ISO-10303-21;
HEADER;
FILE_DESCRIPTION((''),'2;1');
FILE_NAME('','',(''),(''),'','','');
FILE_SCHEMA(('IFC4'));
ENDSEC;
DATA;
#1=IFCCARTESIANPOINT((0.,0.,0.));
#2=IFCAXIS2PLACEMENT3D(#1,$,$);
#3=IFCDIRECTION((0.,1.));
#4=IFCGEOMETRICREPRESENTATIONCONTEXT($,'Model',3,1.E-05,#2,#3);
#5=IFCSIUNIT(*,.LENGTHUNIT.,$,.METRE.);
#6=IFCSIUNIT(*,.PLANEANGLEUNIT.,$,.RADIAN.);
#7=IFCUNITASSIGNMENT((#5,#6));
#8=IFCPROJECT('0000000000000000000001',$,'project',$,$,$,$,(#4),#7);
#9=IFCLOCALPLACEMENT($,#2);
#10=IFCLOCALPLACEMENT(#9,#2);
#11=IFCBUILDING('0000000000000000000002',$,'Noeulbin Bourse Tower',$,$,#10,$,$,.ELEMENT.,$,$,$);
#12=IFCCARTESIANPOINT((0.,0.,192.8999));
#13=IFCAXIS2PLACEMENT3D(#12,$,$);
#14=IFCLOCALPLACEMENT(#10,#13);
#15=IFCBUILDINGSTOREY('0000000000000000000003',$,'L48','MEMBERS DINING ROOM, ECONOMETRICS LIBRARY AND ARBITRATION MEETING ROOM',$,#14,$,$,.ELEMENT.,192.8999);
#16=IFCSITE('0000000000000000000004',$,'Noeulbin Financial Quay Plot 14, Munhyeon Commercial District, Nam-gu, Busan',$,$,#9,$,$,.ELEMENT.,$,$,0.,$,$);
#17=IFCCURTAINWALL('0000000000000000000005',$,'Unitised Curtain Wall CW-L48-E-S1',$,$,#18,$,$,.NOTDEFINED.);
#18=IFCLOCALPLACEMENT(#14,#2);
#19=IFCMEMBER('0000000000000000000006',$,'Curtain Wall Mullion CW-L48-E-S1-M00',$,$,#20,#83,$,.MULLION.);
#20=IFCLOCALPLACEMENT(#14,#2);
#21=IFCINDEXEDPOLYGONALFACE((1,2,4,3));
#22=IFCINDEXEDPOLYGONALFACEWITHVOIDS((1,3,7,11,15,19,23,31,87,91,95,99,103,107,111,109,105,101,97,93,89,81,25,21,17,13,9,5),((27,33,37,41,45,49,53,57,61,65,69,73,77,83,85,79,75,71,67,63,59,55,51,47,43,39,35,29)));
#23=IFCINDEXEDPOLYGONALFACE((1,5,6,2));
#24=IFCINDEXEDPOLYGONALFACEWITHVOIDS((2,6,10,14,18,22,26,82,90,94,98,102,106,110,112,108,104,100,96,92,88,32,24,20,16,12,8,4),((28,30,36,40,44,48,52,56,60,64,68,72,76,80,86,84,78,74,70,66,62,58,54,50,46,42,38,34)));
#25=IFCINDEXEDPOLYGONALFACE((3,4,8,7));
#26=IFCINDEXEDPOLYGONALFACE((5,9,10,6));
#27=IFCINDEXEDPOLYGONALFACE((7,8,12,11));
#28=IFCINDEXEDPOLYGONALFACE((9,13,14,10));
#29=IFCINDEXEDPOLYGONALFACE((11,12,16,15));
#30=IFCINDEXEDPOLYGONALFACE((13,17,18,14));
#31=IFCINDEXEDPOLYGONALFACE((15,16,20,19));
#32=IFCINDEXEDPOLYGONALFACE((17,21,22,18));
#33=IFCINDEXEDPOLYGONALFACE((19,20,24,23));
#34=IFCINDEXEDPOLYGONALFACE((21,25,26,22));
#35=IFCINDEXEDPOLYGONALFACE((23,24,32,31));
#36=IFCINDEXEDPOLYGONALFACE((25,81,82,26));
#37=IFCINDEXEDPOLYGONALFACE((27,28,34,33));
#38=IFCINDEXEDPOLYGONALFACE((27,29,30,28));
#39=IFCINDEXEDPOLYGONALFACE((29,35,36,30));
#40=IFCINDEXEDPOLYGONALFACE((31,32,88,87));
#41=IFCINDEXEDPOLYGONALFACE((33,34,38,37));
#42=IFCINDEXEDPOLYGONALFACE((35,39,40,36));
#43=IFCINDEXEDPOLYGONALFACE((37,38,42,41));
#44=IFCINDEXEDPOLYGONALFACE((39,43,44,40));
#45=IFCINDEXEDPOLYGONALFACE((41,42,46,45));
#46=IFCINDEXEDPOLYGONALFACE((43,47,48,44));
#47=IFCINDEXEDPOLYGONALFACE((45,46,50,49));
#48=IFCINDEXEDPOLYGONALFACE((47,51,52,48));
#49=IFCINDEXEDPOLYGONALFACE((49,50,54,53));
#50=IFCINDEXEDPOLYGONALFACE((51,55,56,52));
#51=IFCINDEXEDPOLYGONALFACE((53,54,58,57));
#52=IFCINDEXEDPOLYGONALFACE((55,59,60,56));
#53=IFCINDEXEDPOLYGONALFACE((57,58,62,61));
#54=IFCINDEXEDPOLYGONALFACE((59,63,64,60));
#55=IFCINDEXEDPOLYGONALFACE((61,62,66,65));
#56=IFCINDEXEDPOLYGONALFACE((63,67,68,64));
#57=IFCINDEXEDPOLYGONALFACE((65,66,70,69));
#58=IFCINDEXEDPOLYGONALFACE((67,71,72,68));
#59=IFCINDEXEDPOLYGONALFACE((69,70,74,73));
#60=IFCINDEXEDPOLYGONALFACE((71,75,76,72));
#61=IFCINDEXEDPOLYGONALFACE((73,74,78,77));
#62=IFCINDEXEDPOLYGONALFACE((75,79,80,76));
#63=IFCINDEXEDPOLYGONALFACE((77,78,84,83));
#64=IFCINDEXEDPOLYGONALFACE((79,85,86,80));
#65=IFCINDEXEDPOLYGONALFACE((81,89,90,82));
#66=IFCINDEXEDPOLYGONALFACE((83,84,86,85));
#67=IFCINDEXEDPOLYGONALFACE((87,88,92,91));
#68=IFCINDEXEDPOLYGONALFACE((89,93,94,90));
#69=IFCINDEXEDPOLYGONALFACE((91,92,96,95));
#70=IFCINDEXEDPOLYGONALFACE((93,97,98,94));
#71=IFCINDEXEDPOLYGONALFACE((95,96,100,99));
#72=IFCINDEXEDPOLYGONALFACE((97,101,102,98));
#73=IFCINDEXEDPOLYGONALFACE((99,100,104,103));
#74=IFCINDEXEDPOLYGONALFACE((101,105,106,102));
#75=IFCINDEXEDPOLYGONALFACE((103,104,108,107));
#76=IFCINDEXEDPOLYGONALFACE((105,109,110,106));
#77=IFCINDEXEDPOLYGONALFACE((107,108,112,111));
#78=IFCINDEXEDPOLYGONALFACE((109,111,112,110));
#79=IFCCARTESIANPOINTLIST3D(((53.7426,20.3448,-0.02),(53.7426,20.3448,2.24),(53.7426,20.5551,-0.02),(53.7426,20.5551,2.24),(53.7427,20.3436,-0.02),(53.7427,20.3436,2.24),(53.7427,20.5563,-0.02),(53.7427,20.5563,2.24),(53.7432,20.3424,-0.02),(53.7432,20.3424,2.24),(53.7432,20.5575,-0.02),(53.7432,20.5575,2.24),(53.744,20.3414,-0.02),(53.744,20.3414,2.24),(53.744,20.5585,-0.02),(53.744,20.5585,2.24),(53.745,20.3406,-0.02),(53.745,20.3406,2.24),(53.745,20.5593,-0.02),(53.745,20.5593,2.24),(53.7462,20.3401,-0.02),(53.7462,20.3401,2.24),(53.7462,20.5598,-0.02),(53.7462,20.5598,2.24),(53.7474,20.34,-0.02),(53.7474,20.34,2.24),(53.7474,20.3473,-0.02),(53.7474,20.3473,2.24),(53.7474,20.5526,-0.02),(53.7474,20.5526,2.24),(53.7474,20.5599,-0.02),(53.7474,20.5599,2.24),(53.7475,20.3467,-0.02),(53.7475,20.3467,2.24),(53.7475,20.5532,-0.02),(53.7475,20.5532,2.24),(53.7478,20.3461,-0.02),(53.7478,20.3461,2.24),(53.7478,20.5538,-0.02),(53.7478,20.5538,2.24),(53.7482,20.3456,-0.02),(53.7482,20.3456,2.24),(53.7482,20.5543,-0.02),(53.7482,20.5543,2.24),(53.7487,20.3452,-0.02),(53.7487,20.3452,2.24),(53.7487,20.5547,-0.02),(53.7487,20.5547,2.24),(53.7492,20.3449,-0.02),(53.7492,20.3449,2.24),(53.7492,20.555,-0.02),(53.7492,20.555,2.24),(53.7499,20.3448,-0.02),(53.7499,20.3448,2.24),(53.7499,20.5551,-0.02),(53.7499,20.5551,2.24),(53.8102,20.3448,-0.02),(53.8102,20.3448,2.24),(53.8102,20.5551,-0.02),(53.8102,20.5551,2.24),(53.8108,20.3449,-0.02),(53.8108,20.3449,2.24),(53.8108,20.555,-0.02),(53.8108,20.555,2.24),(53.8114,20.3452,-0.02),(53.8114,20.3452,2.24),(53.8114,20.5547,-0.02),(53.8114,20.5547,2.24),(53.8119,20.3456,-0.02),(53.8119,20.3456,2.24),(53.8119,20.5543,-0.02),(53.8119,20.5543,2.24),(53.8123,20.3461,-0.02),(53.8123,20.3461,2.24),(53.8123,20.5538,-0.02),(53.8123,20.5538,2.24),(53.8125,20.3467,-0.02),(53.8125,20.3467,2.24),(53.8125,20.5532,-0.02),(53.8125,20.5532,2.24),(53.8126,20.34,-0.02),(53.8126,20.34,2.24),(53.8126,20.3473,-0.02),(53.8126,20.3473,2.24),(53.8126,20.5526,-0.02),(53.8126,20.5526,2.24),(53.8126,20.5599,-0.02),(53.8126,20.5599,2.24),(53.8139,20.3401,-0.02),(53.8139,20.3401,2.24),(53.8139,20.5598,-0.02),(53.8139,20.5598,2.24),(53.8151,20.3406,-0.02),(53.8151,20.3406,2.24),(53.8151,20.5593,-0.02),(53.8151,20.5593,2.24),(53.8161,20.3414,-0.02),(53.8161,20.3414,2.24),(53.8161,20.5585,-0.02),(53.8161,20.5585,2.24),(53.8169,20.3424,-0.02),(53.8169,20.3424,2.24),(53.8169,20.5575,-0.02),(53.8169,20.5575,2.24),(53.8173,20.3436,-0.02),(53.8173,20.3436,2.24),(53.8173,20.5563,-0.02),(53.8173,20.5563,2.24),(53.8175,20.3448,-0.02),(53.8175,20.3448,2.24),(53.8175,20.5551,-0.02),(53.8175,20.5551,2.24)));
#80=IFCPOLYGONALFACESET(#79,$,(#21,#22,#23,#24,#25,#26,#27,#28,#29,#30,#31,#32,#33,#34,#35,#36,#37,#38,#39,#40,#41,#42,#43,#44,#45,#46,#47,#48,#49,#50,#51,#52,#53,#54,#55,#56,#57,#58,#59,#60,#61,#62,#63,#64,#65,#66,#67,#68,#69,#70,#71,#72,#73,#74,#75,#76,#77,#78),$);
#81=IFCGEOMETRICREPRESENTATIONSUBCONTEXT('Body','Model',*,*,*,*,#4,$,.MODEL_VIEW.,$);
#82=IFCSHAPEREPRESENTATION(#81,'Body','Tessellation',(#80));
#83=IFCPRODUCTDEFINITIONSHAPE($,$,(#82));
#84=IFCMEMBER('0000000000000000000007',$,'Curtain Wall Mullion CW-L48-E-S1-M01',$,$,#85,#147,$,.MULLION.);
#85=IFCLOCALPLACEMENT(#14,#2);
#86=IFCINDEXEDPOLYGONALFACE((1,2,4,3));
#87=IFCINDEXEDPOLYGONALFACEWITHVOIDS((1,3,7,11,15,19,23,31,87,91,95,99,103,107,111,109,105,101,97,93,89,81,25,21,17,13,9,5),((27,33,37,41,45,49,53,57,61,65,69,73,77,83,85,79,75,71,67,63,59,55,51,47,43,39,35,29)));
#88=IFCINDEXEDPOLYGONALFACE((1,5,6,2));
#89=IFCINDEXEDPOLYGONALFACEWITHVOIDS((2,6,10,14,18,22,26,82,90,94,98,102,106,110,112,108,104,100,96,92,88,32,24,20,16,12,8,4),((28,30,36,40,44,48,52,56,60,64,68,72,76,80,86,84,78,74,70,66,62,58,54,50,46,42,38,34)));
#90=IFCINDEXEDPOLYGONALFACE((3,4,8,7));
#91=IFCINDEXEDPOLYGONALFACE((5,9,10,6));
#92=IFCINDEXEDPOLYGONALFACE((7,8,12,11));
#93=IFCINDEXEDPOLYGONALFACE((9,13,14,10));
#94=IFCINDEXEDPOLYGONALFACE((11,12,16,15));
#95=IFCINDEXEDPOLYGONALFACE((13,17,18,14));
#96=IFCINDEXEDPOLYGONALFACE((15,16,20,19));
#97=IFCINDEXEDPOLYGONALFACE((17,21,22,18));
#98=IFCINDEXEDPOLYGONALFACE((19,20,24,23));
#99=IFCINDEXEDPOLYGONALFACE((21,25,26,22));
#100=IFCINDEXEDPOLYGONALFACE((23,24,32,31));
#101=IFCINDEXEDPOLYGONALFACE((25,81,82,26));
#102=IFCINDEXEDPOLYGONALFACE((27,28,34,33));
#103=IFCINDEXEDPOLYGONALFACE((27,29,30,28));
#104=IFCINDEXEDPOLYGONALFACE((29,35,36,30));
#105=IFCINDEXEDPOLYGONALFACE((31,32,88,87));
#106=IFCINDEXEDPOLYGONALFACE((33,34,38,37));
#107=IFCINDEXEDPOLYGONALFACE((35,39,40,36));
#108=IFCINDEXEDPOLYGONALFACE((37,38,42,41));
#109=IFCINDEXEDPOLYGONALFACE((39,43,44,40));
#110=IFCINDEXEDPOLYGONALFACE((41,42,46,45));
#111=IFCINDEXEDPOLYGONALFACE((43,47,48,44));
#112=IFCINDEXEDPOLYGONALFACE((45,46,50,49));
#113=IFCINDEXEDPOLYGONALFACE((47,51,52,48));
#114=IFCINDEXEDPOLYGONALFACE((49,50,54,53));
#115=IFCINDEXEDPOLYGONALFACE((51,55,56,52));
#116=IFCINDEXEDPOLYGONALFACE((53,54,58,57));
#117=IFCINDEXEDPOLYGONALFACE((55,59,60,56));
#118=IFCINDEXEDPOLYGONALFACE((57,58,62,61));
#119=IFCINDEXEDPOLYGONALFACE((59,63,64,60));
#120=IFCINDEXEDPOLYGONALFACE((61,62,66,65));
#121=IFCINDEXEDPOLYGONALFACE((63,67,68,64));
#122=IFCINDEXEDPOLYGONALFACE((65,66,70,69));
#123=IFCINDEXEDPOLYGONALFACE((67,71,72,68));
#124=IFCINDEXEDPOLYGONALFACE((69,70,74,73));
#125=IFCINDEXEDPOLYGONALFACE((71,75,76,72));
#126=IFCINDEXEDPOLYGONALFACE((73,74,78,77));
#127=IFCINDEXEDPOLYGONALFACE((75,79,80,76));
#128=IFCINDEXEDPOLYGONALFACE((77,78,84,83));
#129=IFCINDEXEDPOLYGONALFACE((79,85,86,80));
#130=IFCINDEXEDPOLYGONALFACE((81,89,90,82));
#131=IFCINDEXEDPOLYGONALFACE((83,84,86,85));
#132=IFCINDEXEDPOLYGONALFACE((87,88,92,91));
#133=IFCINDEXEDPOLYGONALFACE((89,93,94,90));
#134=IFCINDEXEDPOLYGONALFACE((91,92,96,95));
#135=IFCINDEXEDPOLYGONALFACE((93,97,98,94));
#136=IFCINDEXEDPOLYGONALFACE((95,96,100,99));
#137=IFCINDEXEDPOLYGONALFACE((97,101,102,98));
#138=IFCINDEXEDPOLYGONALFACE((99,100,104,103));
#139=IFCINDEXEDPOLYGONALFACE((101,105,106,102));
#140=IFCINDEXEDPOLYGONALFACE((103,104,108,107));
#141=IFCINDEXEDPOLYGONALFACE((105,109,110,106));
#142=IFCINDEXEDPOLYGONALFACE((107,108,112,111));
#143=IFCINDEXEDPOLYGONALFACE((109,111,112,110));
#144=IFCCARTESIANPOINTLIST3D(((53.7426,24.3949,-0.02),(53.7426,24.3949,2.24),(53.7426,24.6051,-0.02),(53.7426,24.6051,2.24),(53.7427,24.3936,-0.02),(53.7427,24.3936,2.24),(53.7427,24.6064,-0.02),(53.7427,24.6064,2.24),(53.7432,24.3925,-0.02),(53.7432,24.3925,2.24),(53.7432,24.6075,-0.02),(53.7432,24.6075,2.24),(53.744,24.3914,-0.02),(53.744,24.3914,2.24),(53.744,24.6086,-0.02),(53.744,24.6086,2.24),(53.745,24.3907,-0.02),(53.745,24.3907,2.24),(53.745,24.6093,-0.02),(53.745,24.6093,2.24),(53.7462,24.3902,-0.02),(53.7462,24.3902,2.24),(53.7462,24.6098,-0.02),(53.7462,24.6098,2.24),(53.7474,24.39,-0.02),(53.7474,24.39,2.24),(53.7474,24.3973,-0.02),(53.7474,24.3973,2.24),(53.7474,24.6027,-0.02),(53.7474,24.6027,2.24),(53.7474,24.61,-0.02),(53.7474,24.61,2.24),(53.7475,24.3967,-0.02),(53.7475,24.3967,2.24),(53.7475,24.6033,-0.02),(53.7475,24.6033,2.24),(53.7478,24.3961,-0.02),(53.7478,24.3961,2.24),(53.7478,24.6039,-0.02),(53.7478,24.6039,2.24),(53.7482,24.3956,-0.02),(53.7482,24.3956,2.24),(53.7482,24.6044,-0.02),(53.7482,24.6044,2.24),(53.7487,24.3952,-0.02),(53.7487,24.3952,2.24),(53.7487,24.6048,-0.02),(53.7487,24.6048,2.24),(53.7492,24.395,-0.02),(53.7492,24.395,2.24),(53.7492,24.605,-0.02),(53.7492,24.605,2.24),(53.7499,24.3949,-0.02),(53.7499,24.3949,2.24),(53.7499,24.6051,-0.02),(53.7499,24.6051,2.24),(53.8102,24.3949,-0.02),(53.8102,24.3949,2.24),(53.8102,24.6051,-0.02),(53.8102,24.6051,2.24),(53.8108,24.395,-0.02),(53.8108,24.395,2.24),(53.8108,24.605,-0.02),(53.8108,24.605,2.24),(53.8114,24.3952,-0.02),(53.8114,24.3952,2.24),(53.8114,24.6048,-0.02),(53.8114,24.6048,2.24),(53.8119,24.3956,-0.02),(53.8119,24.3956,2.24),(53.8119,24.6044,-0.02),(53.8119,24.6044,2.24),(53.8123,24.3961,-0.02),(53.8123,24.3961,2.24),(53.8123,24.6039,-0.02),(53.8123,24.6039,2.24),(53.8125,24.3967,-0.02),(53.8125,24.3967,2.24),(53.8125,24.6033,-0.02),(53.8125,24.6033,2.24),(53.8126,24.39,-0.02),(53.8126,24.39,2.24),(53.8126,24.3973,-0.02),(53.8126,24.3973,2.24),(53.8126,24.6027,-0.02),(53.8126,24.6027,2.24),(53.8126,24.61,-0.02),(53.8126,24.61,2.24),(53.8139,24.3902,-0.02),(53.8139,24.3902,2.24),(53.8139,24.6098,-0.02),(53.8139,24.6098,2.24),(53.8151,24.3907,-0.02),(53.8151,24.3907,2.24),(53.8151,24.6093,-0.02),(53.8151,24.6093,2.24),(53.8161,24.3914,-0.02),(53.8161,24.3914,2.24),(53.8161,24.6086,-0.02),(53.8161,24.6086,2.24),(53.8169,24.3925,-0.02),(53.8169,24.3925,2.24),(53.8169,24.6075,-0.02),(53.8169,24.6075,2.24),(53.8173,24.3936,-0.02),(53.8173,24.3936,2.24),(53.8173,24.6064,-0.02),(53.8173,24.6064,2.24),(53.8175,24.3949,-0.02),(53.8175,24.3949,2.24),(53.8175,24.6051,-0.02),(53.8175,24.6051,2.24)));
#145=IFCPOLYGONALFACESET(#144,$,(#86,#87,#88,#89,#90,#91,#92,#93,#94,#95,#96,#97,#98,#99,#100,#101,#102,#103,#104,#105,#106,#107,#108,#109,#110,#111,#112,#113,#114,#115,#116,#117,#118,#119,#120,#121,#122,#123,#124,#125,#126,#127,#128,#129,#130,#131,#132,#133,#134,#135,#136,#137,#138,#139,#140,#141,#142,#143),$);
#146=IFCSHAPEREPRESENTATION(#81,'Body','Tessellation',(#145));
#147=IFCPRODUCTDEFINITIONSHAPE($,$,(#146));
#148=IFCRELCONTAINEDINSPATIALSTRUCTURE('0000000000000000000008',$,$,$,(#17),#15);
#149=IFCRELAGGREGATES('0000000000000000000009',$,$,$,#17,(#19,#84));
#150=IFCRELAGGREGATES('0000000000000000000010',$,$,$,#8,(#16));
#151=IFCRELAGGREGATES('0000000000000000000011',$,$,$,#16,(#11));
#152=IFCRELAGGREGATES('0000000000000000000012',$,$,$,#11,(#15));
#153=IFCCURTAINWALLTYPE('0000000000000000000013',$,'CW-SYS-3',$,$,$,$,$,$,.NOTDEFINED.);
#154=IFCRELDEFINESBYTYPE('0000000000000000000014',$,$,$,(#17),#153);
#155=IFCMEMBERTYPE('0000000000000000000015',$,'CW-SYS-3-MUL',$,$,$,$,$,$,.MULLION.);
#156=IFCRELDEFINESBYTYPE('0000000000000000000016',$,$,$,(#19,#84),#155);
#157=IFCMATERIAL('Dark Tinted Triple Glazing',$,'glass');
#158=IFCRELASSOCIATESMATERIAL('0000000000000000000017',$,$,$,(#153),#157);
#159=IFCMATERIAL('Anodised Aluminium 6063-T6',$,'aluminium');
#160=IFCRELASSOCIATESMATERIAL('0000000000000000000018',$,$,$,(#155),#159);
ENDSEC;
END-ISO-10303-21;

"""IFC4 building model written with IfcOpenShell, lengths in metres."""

from ifc_helpers import new_model, si_unit, direction, frame, origin, origin_2d, place, context, subcontext, project, spatial, hollow_rectangle, extrude, material, material_profile, profile_set, type_object, element, aggregate, save


model = new_model("IFC4")

# Units and contexts
model_context = context("Model", 3, precision=1e-05, world=origin(), true_north=direction((0.0, 1.0)))
body_context = subcontext(model_context, "Body", "Model", "MODEL_VIEW")
ifc_project = project(units=[si_unit("LENGTHUNIT", "METRE"), si_unit("PLANEANGLEUNIT", "RADIAN")], contexts=[model_context])

# Site, building, storey
site_placement = place(None, origin())
site = spatial("IfcSite", under=ifc_project, at=site_placement, Name="Noeulbin Financial Quay Plot 14, Munhyeon Commercial District, Nam-gu, Busan", CompositionType="ELEMENT", RefElevation=0.0)
building_placement = place(site_placement, origin())
building = spatial("IfcBuilding", under=site, at=building_placement, Name="Noeulbin Bourse Tower", CompositionType="ELEMENT")
storey_placement = place(building_placement, frame((0.0, 0.0, 192.8999)))
storey = spatial("IfcBuildingStorey", under=building, at=storey_placement, Name="L48", Description="MEMBERS DINING ROOM, ECONOMETRICS LIBRARY AND ARBITRATION MEETING ROOM", CompositionType="ELEMENT", Elevation=192.8999)

# Curtain wall, members
ifc_material_1 = material(Name="Dark Tinted Triple Glazing", Category="glass")
curtain_wall_type = type_object("IfcCurtainWallType", Name="CW-SYS-3", PredefinedType="NOTDEFINED", material=ifc_material_1)
curtain_wall_placement = place(storey_placement, origin())
curtain_wall = element("IfcCurtainWall", 1, at=curtain_wall_placement, inside=storey, type_object=curtain_wall_type, Name="Unitised Curtain Wall CW-L48-E-S1", PredefinedType="NOTDEFINED")
ifc_material_2 = material(Name="Anodised Aluminium 6063-T6", Category="aluminium")
ifc_material_profile_1 = material_profile(ifc_material_2, hollow_rectangle(XDim=0.075, YDim=0.22, WallThickness=0.0049, InnerFilletRadius=0.0024, OuterFilletRadius=0.0049, at=origin_2d()), Name="ALU-MULL-75x220x5", Category="LoadBearing")
ifc_profile_set_1 = profile_set([ifc_material_profile_1], Name="Anodised Aluminium 6063-T6")
member_type_1 = type_object("IfcMemberType", Name="CW-SYS-3-MUL", PredefinedType="MULLION", material=ifc_profile_set_1)
member_1_placement = place(storey_placement, frame((53.78, 20.45, -0.02), z_axis=(0.0, 0.0, 1.0), x_axis=(1.0, 0.0, 0.0)))
member_1 = element("IfcMember", 2, at=member_1_placement, type_object=member_type_1, Name="Curtain Wall Mullion CW-L48-E-S1-M00", PredefinedType="MULLION", context=body_context, shape_type="SweptSolid", body=[
    extrude(hollow_rectangle(XDim=0.075, YDim=0.22, WallThickness=0.0049, InnerFilletRadius=0.0024, OuterFilletRadius=0.0049, at=origin_2d()), origin(), (0.0, 0.0, 1.0), 2.26),
])
member_2_placement = place(storey_placement, frame((53.78, 24.5, -0.02), z_axis=(0.0, 0.0, 1.0), x_axis=(1.0, 0.0, 0.0)))
member_2 = element("IfcMember", 3, at=member_2_placement, type_object=member_type_1, Name="Curtain Wall Mullion CW-L48-E-S1-M01", PredefinedType="MULLION", context=body_context, shape_type="SweptSolid", body=[
    extrude(hollow_rectangle(XDim=0.075, YDim=0.22, WallThickness=0.0049, InnerFilletRadius=0.0024, OuterFilletRadius=0.0049, at=origin_2d()), origin(), (0.0, 0.0, 1.0), 2.26),
])
aggregate(curtain_wall, [member_1, member_2])

save(model, "model.ifc")
